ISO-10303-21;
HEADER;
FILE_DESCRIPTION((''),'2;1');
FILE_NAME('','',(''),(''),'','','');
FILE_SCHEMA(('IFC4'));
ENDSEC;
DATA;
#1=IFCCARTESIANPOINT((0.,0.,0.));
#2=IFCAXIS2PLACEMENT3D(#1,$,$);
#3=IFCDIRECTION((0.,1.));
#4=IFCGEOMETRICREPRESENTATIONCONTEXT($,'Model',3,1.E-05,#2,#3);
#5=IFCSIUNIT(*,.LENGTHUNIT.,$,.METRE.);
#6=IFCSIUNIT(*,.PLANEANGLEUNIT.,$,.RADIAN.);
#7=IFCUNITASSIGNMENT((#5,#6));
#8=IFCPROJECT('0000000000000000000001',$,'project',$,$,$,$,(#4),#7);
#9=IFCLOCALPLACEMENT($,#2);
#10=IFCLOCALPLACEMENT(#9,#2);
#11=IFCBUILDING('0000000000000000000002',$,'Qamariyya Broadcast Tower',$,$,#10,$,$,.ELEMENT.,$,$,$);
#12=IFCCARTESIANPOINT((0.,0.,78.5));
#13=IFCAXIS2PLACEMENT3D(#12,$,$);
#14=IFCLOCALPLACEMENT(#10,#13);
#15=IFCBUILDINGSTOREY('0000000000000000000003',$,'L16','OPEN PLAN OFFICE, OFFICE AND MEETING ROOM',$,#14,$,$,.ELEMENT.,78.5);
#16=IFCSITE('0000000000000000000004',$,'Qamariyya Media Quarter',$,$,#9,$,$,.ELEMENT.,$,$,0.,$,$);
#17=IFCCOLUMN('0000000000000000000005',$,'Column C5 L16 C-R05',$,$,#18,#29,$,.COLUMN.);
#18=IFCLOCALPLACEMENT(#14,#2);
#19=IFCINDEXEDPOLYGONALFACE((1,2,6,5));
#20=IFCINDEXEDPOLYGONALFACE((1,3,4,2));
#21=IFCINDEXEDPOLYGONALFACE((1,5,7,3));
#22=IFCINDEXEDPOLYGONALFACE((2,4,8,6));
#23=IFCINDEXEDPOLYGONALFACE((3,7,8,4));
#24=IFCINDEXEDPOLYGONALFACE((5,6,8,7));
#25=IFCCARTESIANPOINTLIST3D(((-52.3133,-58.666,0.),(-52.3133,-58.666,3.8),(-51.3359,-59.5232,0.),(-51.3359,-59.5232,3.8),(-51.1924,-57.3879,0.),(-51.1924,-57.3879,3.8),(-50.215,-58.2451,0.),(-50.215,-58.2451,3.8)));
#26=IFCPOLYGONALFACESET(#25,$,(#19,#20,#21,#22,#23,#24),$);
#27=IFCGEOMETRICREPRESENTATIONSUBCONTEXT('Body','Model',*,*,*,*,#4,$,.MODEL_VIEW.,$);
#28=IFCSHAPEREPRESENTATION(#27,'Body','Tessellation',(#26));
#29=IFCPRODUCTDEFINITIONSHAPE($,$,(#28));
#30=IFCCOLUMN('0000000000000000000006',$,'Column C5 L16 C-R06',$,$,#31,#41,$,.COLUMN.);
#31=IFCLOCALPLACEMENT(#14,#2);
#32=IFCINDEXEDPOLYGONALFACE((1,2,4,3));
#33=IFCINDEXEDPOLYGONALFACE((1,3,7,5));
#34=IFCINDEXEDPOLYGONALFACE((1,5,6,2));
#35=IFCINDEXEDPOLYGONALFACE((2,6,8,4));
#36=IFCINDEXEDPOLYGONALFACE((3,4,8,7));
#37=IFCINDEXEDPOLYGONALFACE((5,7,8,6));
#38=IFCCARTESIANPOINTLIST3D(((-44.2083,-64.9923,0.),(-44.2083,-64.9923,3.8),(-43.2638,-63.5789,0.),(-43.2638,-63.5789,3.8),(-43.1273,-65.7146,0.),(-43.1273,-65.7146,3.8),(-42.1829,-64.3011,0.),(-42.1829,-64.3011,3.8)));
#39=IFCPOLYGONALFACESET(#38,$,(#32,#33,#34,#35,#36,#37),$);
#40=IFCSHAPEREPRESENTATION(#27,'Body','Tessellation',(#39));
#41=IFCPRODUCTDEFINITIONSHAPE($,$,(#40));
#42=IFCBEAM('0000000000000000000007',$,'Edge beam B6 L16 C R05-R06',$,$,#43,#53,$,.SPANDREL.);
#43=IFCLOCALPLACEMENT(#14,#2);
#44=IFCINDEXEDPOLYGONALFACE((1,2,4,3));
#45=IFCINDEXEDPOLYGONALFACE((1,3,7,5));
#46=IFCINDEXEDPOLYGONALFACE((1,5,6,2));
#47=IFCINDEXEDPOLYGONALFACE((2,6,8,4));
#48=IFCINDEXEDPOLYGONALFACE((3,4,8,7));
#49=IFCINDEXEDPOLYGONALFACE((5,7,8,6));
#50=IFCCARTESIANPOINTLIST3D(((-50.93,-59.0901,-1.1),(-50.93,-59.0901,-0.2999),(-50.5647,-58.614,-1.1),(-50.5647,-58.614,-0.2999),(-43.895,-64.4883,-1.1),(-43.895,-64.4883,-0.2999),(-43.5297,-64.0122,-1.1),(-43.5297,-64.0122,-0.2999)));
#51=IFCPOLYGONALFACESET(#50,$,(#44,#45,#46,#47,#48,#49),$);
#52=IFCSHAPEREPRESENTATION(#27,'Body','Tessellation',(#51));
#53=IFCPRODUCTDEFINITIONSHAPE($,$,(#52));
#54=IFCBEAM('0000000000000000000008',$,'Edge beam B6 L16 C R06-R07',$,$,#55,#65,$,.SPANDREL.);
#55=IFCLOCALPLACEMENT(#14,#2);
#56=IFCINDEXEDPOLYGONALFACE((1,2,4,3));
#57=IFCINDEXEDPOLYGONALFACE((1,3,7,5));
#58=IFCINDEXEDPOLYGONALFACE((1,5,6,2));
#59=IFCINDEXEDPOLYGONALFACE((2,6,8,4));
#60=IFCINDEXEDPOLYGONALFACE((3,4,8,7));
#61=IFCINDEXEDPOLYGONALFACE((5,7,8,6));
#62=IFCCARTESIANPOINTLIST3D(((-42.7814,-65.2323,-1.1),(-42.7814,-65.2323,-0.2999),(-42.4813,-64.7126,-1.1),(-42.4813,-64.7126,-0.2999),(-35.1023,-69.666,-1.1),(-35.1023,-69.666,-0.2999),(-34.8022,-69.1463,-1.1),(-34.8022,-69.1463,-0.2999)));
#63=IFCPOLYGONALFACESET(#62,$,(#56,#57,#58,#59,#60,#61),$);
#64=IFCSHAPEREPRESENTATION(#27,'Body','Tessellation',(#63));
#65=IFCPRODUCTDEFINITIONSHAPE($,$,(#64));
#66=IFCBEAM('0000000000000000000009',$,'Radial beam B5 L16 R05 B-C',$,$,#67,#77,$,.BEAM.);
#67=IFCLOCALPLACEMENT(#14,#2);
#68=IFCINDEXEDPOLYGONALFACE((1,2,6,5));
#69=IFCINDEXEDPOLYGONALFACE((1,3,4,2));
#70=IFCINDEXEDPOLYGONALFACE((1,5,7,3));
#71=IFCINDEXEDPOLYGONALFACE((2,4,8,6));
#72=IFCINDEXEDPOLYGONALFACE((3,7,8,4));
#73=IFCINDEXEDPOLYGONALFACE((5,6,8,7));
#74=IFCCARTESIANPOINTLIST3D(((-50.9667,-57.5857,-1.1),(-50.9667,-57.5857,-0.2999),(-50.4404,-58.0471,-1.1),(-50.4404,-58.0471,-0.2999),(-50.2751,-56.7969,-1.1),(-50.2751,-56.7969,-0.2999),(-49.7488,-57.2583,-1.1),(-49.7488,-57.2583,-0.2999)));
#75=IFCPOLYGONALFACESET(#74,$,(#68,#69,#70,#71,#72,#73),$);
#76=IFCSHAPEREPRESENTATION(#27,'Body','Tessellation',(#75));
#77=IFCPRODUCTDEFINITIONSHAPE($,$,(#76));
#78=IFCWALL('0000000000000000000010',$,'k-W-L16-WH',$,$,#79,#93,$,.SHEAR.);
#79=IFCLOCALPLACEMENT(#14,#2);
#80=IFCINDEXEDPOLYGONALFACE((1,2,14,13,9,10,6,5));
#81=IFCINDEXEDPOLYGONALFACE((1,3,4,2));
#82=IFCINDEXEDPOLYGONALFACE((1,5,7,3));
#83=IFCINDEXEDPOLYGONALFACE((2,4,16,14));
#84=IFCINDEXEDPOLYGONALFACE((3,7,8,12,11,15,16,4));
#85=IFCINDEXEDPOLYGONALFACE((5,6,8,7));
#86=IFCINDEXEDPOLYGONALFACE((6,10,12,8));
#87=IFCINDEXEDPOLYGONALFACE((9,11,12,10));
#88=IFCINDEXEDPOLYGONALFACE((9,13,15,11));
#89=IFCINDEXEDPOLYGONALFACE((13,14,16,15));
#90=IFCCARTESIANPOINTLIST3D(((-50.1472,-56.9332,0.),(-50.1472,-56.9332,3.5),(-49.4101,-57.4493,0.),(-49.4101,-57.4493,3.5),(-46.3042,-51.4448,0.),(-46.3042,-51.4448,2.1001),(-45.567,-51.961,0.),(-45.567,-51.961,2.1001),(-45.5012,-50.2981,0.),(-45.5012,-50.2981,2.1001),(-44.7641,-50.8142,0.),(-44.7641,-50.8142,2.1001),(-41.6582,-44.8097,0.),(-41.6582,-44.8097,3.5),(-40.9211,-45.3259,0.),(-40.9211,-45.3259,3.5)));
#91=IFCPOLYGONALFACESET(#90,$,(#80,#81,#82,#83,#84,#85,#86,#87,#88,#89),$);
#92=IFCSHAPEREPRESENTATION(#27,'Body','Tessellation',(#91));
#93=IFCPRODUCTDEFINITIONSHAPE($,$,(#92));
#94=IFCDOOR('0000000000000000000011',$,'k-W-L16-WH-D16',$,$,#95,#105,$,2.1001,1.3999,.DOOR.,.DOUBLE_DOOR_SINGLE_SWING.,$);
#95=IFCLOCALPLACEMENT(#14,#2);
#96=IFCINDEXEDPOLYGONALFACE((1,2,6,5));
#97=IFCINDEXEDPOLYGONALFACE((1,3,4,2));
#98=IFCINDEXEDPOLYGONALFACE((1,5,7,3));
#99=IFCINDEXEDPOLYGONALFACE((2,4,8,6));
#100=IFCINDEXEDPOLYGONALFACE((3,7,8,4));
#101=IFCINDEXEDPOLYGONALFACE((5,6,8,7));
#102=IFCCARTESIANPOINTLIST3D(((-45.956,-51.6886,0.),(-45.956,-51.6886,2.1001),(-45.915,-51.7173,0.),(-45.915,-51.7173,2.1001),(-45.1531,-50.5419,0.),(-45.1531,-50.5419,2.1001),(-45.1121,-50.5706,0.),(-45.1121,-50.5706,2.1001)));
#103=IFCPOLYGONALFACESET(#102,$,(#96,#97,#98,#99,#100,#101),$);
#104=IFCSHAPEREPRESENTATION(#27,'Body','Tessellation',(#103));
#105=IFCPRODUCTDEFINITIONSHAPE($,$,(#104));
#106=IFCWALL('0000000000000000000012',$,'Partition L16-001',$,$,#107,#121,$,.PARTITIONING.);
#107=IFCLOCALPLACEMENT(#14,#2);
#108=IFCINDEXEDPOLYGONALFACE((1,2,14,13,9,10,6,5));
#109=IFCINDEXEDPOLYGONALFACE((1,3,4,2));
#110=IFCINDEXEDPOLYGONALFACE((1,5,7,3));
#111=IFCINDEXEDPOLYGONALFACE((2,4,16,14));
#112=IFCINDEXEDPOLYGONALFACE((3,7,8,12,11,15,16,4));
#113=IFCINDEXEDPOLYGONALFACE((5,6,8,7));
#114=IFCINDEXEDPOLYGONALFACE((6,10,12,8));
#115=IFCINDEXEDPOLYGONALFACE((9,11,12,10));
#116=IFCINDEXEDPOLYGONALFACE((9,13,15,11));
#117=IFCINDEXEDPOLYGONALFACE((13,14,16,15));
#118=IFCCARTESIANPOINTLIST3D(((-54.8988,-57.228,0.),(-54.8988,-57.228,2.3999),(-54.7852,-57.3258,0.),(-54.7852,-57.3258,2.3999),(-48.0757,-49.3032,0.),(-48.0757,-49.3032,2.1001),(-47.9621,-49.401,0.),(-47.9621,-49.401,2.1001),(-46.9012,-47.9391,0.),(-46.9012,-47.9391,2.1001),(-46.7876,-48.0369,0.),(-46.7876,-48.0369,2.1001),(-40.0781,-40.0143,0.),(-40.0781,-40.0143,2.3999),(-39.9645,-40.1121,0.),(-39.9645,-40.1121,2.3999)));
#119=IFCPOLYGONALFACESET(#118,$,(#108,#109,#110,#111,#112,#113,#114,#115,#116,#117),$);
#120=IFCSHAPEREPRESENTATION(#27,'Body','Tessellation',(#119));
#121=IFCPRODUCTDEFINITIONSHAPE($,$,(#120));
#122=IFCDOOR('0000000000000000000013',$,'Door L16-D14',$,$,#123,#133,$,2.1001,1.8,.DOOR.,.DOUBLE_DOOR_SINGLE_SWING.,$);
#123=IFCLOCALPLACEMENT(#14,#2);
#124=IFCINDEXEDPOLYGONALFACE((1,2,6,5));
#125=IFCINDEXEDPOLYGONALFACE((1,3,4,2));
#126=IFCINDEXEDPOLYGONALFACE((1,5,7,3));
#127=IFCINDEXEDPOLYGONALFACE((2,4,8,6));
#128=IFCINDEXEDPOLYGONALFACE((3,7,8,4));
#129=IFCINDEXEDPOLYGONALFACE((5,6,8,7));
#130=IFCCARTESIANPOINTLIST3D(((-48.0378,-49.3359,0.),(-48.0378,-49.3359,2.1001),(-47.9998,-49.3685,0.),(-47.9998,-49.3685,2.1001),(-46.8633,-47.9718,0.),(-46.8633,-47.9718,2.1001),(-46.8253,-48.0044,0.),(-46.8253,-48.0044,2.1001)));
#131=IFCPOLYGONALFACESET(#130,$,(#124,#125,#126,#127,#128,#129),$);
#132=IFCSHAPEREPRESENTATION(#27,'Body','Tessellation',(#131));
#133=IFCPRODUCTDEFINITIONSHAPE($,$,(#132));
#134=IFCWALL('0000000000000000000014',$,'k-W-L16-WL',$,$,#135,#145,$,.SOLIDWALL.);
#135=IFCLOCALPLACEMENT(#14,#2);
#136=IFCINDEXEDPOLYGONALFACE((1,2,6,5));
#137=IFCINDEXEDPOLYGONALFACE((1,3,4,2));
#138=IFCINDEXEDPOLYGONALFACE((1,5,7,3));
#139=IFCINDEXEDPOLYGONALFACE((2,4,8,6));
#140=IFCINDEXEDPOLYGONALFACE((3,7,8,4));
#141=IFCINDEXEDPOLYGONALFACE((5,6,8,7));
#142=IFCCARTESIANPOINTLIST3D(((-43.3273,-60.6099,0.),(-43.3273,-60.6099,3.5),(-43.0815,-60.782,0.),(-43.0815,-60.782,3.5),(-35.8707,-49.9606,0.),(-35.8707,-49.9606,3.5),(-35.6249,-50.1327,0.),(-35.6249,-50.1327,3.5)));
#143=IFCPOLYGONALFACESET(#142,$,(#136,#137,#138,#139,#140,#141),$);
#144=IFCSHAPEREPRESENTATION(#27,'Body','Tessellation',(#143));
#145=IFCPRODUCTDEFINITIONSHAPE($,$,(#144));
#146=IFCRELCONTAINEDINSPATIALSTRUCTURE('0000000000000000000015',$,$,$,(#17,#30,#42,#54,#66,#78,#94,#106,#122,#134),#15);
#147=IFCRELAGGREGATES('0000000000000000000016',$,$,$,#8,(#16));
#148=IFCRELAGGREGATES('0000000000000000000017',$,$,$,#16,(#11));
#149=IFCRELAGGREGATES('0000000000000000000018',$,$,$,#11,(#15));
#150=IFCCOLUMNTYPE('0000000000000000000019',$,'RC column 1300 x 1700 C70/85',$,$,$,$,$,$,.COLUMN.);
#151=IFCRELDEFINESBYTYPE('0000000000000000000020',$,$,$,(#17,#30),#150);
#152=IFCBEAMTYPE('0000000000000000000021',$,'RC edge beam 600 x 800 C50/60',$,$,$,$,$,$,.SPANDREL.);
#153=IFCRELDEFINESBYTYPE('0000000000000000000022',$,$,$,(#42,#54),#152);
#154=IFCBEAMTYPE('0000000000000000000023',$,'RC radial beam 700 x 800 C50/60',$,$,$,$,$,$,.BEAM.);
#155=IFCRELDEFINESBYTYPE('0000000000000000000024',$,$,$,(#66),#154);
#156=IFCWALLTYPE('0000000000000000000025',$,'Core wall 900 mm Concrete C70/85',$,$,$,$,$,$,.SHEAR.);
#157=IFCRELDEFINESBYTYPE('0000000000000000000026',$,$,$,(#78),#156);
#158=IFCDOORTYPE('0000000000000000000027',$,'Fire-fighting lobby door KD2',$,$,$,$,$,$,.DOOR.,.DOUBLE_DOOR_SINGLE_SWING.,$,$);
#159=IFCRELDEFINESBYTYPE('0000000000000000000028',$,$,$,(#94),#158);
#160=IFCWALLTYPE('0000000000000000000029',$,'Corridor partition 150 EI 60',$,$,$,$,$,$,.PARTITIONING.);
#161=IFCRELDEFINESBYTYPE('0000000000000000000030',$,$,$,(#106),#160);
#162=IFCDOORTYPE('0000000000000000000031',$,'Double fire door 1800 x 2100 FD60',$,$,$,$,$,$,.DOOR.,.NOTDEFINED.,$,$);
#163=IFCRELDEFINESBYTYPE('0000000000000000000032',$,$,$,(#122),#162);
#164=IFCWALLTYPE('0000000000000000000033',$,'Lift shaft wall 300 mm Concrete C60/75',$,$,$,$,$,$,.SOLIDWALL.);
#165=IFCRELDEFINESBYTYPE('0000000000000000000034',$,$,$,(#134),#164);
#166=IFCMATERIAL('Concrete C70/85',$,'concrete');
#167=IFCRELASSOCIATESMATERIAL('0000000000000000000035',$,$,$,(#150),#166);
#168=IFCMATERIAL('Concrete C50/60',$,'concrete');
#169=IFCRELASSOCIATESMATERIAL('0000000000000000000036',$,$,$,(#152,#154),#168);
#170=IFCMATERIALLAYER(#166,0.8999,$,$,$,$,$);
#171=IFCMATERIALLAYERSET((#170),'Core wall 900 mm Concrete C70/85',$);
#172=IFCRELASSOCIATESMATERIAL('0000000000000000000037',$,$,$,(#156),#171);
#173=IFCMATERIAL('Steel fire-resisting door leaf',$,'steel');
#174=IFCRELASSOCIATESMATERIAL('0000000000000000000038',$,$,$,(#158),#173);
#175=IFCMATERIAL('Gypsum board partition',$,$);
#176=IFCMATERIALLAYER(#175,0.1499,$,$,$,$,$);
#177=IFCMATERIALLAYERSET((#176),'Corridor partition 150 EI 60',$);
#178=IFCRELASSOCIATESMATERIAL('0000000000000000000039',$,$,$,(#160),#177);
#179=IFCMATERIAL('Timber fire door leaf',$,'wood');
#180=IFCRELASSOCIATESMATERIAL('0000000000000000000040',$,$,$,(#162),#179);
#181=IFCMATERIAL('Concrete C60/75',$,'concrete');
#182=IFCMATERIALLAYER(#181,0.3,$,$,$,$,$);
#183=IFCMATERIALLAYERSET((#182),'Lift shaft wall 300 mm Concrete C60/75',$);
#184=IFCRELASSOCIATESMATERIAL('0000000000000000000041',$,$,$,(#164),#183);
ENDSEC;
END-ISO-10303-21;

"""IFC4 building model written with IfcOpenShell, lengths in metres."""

from ifc_helpers import new_model, si_unit, direction, frame, frame_2d, origin, origin_2d, place, context, subcontext, project, spatial, rectangle, extrude, material, layer, layer_set, material_profile, profile_set, type_object, element, fill, save


model = new_model("IFC4")

# Units and contexts
model_context = context("Model", 3, precision=1e-05, world=origin(), true_north=direction((0.0, 1.0)))
body_context = subcontext(model_context, "Body", "Model", "MODEL_VIEW")
ifc_project = project(units=[si_unit("LENGTHUNIT", "METRE"), si_unit("PLANEANGLEUNIT", "RADIAN")], contexts=[model_context])

# Site, building, storey
site_placement = place(None, origin())
site = spatial("IfcSite", under=ifc_project, at=site_placement, Name="Qamariyya Media Quarter", CompositionType="ELEMENT", RefElevation=0.0)
building_placement = place(site_placement, origin())
building = spatial("IfcBuilding", under=site, at=building_placement, Name="Qamariyya Broadcast Tower", CompositionType="ELEMENT")
storey_placement = place(building_placement, frame((0.0, 0.0, 78.5)))
storey = spatial("IfcBuildingStorey", under=building, at=storey_placement, Name="L16", Description="OPEN PLAN OFFICE, OFFICE AND MEETING ROOM", CompositionType="ELEMENT", Elevation=78.5)

# Columns
ifc_material_1 = material(Name="Concrete C70/85", Category="concrete")
ifc_material_profile_1 = material_profile(ifc_material_1, rectangle(XDim=1.3, YDim=1.7, at=origin_2d()))
ifc_profile_set_1 = profile_set([ifc_material_profile_1], Name="Concrete C70/85")
column_type = type_object("IfcColumnType", Name="RC column 1300 x 1700 C70/85", PredefinedType="COLUMN", material=ifc_profile_set_1)
for number, where, z_axis, x_axis, name in (
    (1, (-51.2642, -58.4556, 0.0), (0.0, 0.0, 1.0), (0.75184, -0.659346, 0.0), "Column C5 L16 C-R05"),
    (2, (-43.1956, -64.6467, 0.0), (0.0, 0.0, 1.0), (0.83147, -0.55557, 0.0), "Column C5 L16 C-R06"),
):
    element("IfcColumn", number, at=place(storey_placement, frame(where, z_axis=z_axis, x_axis=x_axis)), inside=storey, type_object=column_type, Name=name, PredefinedType="COLUMN", context=body_context, shape_type="SweptSolid", body=[
        extrude(rectangle(XDim=1.3, YDim=1.7, at=origin_2d()), origin(), (0.0, 0.0, 1.0), 3.8),
    ])

# Beams
ifc_material_2 = material(Name="Concrete C50/60", Category="concrete")
ifc_material_profile_2 = material_profile(ifc_material_2, rectangle(XDim=0.6001, YDim=0.8, at=origin_2d()))
ifc_profile_set_2 = profile_set([ifc_material_profile_2], Name="Concrete C50/60")
beam_type_1 = type_object("IfcBeamType", Name="RC edge beam 600 x 800 C50/60", PredefinedType="SPANDREL", material=ifc_profile_set_2)
beam_1_placement = place(storey_placement, frame((-50.7473, -58.8521, -0.7), z_axis=(0.793347, -0.60877, 0.0), x_axis=(0.60877, 0.793347, 0.0)))
element("IfcBeam", 3, at=beam_1_placement, inside=storey, type_object=beam_type_1, Name="Edge beam B6 L16 C R05-R06", PredefinedType="SPANDREL", context=body_context, shape_type="SweptSolid", body=[
    extrude(rectangle(XDim=0.6001, YDim=0.8, at=origin_2d()), origin(), (0.0, 0.0, 1.0), 8.8674),
])
beam_2_placement = place(storey_placement, frame((-42.6313, -64.9724, -0.7), z_axis=(0.866013, -0.500021, 0.0), x_axis=(0.500021, 0.866013, 0.0)))
element("IfcBeam", 4, at=beam_2_placement, inside=storey, type_object=beam_type_1, Name="Edge beam B6 L16 C R06-R07", PredefinedType="SPANDREL", context=body_context, shape_type="SweptSolid", body=[
    extrude(rectangle(XDim=0.6001, YDim=0.8, at=origin_2d()), origin(), (0.0, 0.0, 1.0), 8.8672),
])
ifc_material_profile_3 = material_profile(ifc_material_2, rectangle(XDim=0.7, YDim=0.8, at=origin_2d()))
ifc_profile_set_3 = profile_set([ifc_material_profile_3], Name="Concrete C50/60")
beam_type_2 = type_object("IfcBeamType", Name="RC radial beam 700 x 800 C50/60", PredefinedType="BEAM", material=ifc_profile_set_3)
beam_3_placement = place(storey_placement, frame((-50.012, -57.0276, -0.7), z_axis=(-0.659279, -0.751899, 0.0), x_axis=(0.751899, -0.659279, 0.0)))
element("IfcBeam", 5, at=beam_3_placement, inside=storey, type_object=beam_type_2, Name="Radial beam B5 L16 R05 B-C", PredefinedType="BEAM", context=body_context, shape_type="SweptSolid", body=[
    extrude(rectangle(XDim=0.7, YDim=0.8, at=origin_2d()), origin(), (0.0, 0.0, 1.0), 1.0491),
])

# Walls, openings, doors
ifc_layer_1 = layer(ifc_material_1, 0.8999)
ifc_layer_set_1 = layer_set([ifc_layer_1], Name="Core wall 900 mm Concrete C70/85")
wall_type_1 = type_object("IfcWallType", Name="Core wall 900 mm Concrete C70/85", PredefinedType="SHEAR", material=ifc_layer_set_1)
wall_1_placement = place(storey_placement, frame((-49.7786, -57.1912, 0.0), z_axis=(0.0, 0.0, 1.0), x_axis=(0.573577, 0.819151, 0.0)))
wall_1 = element("IfcWall", 6, at=wall_1_placement, inside=storey, type_object=wall_type_1, Name="k-W-L16-WH", PredefinedType="SHEAR", context=body_context, shape_type="SweptSolid", body=[
    extrude(rectangle(XDim=14.8, YDim=0.8999, at=frame_2d((7.3999, 0.0))), origin(), (0.0, 0.0, 1.0), 3.5),
])
opening_1_placement = place(wall_1_placement, frame((6.7, 0.0, 0.0)))
opening_1 = element("IfcOpeningElement", 7, at=opening_1_placement, cuts=wall_1, PredefinedType="OPENING", context=body_context, shape_type="SweptSolid", body=[
    extrude(rectangle(XDim=1.3999, YDim=2.1001, at=frame_2d((0.7, 1.05))), frame((0.0, 0.46, 0.0), z_axis=(0.0, -1.0, 0.0), x_axis=(1.0, 0.0, 0.0)), (0.0, 0.0, 1.0), 0.9199),
])
ifc_material_3 = material(Name="Steel fire-resisting door leaf", Category="steel")
door_type_1 = type_object("IfcDoorType", Name="Fire-fighting lobby door KD2", OperationType="DOUBLE_DOOR_SINGLE_SWING", PredefinedType="DOOR", material=ifc_material_3)
door_1_placement = place(opening_1_placement, origin())
door_1 = element("IfcDoor", 8, at=door_1_placement, inside=storey, type_object=door_type_1, Name="k-W-L16-WH-D16", OperationType="DOUBLE_DOOR_SINGLE_SWING", OverallHeight=2.1001, OverallWidth=1.3999, PredefinedType="DOOR", context=body_context, shape_type="SweptSolid", body=[
    extrude(rectangle(XDim=1.3999, YDim=2.1001, at=frame_2d((0.7, 1.05))), frame((0.0, 0.0249, 0.0), z_axis=(0.0, -1.0, 0.0), x_axis=(1.0, 0.0, 0.0)), (0.0, 0.0, 1.0), 0.05),
])
fill(opening_1, door_1)
ifc_material_4 = material(Name="Gypsum board partition")
ifc_layer_2 = layer(ifc_material_4, 0.1499)
ifc_layer_set_2 = layer_set([ifc_layer_2], Name="Corridor partition 150 EI 60")
wall_type_2 = type_object("IfcWallType", Name="Corridor partition 150 EI 60", PredefinedType="PARTITIONING", material=ifc_layer_set_2)
wall_2_placement = place(storey_placement, frame((-54.842, -57.2769, 0.0), z_axis=(0.0, 0.0, 1.0), x_axis=(0.652472, 0.757813, 0.0)))
wall_2 = element("IfcWall", 9, at=wall_2_placement, inside=storey, type_object=wall_type_2, Name="Partition L16-001", PredefinedType="PARTITIONING", context=body_context, shape_type="SweptSolid", body=[
    extrude(rectangle(XDim=22.7148, YDim=0.1499, at=frame_2d((11.3574, 0.0))), origin(), (0.0, 0.0, 1.0), 2.3999),
])
opening_2_placement = place(wall_2_placement, frame((10.4575, 0.0, 0.0)))
opening_2 = element("IfcOpeningElement", 10, at=opening_2_placement, cuts=wall_2, PredefinedType="OPENING", context=body_context, shape_type="SweptSolid", body=[
    extrude(rectangle(XDim=1.8, YDim=2.1001, at=frame_2d((0.8999, 1.05))), frame((0.0, 0.085, 0.0), z_axis=(0.0, -1.0, 0.0), x_axis=(1.0, 0.0, 0.0)), (0.0, 0.0, 1.0), 0.1699),
])
ifc_material_5 = material(Name="Timber fire door leaf", Category="wood")
door_type_2 = type_object("IfcDoorType", Name="Double fire door 1800 x 2100 FD60", OperationType="NOTDEFINED", PredefinedType="DOOR", material=ifc_material_5)
door_2_placement = place(opening_2_placement, origin())
door_2 = element("IfcDoor", 11, at=door_2_placement, inside=storey, type_object=door_type_2, Name="Door L16-D14", OperationType="DOUBLE_DOOR_SINGLE_SWING", OverallHeight=2.1001, OverallWidth=1.8, PredefinedType="DOOR", context=body_context, shape_type="SweptSolid", body=[
    extrude(rectangle(XDim=1.8, YDim=2.1001, at=frame_2d((0.8999, 1.05))), frame((0.0, 0.0249, 0.0), z_axis=(0.0, -1.0, 0.0), x_axis=(1.0, 0.0, 0.0)), (0.0, 0.0, 1.0), 0.05),
])
fill(opening_2, door_2)

# Wall
ifc_material_6 = material(Name="Concrete C60/75", Category="concrete")
ifc_layer_3 = layer(ifc_material_6, 0.3)
ifc_layer_set_3 = layer_set([ifc_layer_3], Name="Lift shaft wall 300 mm Concrete C60/75")
wall_type_3 = type_object("IfcWallType", Name="Lift shaft wall 300 mm Concrete C60/75", PredefinedType="SOLIDWALL", material=ifc_layer_set_3)
wall_3_placement = place(storey_placement, frame((-43.2043, -60.6958, 0.0), z_axis=(0.0, 0.0, 1.0), x_axis=(0.573572, 0.819155, 0.0)))
element("IfcWall", 12, at=wall_3_placement, inside=storey, type_object=wall_type_3, Name="k-W-L16-WL", PredefinedType="SOLIDWALL", context=body_context, shape_type="SweptSolid", body=[
    extrude(rectangle(XDim=13.0002, YDim=0.3, at=frame_2d((6.5, 0.0))), origin(), (0.0, 0.0, 1.0), 3.5),
])

save(model, "model.ifc")
